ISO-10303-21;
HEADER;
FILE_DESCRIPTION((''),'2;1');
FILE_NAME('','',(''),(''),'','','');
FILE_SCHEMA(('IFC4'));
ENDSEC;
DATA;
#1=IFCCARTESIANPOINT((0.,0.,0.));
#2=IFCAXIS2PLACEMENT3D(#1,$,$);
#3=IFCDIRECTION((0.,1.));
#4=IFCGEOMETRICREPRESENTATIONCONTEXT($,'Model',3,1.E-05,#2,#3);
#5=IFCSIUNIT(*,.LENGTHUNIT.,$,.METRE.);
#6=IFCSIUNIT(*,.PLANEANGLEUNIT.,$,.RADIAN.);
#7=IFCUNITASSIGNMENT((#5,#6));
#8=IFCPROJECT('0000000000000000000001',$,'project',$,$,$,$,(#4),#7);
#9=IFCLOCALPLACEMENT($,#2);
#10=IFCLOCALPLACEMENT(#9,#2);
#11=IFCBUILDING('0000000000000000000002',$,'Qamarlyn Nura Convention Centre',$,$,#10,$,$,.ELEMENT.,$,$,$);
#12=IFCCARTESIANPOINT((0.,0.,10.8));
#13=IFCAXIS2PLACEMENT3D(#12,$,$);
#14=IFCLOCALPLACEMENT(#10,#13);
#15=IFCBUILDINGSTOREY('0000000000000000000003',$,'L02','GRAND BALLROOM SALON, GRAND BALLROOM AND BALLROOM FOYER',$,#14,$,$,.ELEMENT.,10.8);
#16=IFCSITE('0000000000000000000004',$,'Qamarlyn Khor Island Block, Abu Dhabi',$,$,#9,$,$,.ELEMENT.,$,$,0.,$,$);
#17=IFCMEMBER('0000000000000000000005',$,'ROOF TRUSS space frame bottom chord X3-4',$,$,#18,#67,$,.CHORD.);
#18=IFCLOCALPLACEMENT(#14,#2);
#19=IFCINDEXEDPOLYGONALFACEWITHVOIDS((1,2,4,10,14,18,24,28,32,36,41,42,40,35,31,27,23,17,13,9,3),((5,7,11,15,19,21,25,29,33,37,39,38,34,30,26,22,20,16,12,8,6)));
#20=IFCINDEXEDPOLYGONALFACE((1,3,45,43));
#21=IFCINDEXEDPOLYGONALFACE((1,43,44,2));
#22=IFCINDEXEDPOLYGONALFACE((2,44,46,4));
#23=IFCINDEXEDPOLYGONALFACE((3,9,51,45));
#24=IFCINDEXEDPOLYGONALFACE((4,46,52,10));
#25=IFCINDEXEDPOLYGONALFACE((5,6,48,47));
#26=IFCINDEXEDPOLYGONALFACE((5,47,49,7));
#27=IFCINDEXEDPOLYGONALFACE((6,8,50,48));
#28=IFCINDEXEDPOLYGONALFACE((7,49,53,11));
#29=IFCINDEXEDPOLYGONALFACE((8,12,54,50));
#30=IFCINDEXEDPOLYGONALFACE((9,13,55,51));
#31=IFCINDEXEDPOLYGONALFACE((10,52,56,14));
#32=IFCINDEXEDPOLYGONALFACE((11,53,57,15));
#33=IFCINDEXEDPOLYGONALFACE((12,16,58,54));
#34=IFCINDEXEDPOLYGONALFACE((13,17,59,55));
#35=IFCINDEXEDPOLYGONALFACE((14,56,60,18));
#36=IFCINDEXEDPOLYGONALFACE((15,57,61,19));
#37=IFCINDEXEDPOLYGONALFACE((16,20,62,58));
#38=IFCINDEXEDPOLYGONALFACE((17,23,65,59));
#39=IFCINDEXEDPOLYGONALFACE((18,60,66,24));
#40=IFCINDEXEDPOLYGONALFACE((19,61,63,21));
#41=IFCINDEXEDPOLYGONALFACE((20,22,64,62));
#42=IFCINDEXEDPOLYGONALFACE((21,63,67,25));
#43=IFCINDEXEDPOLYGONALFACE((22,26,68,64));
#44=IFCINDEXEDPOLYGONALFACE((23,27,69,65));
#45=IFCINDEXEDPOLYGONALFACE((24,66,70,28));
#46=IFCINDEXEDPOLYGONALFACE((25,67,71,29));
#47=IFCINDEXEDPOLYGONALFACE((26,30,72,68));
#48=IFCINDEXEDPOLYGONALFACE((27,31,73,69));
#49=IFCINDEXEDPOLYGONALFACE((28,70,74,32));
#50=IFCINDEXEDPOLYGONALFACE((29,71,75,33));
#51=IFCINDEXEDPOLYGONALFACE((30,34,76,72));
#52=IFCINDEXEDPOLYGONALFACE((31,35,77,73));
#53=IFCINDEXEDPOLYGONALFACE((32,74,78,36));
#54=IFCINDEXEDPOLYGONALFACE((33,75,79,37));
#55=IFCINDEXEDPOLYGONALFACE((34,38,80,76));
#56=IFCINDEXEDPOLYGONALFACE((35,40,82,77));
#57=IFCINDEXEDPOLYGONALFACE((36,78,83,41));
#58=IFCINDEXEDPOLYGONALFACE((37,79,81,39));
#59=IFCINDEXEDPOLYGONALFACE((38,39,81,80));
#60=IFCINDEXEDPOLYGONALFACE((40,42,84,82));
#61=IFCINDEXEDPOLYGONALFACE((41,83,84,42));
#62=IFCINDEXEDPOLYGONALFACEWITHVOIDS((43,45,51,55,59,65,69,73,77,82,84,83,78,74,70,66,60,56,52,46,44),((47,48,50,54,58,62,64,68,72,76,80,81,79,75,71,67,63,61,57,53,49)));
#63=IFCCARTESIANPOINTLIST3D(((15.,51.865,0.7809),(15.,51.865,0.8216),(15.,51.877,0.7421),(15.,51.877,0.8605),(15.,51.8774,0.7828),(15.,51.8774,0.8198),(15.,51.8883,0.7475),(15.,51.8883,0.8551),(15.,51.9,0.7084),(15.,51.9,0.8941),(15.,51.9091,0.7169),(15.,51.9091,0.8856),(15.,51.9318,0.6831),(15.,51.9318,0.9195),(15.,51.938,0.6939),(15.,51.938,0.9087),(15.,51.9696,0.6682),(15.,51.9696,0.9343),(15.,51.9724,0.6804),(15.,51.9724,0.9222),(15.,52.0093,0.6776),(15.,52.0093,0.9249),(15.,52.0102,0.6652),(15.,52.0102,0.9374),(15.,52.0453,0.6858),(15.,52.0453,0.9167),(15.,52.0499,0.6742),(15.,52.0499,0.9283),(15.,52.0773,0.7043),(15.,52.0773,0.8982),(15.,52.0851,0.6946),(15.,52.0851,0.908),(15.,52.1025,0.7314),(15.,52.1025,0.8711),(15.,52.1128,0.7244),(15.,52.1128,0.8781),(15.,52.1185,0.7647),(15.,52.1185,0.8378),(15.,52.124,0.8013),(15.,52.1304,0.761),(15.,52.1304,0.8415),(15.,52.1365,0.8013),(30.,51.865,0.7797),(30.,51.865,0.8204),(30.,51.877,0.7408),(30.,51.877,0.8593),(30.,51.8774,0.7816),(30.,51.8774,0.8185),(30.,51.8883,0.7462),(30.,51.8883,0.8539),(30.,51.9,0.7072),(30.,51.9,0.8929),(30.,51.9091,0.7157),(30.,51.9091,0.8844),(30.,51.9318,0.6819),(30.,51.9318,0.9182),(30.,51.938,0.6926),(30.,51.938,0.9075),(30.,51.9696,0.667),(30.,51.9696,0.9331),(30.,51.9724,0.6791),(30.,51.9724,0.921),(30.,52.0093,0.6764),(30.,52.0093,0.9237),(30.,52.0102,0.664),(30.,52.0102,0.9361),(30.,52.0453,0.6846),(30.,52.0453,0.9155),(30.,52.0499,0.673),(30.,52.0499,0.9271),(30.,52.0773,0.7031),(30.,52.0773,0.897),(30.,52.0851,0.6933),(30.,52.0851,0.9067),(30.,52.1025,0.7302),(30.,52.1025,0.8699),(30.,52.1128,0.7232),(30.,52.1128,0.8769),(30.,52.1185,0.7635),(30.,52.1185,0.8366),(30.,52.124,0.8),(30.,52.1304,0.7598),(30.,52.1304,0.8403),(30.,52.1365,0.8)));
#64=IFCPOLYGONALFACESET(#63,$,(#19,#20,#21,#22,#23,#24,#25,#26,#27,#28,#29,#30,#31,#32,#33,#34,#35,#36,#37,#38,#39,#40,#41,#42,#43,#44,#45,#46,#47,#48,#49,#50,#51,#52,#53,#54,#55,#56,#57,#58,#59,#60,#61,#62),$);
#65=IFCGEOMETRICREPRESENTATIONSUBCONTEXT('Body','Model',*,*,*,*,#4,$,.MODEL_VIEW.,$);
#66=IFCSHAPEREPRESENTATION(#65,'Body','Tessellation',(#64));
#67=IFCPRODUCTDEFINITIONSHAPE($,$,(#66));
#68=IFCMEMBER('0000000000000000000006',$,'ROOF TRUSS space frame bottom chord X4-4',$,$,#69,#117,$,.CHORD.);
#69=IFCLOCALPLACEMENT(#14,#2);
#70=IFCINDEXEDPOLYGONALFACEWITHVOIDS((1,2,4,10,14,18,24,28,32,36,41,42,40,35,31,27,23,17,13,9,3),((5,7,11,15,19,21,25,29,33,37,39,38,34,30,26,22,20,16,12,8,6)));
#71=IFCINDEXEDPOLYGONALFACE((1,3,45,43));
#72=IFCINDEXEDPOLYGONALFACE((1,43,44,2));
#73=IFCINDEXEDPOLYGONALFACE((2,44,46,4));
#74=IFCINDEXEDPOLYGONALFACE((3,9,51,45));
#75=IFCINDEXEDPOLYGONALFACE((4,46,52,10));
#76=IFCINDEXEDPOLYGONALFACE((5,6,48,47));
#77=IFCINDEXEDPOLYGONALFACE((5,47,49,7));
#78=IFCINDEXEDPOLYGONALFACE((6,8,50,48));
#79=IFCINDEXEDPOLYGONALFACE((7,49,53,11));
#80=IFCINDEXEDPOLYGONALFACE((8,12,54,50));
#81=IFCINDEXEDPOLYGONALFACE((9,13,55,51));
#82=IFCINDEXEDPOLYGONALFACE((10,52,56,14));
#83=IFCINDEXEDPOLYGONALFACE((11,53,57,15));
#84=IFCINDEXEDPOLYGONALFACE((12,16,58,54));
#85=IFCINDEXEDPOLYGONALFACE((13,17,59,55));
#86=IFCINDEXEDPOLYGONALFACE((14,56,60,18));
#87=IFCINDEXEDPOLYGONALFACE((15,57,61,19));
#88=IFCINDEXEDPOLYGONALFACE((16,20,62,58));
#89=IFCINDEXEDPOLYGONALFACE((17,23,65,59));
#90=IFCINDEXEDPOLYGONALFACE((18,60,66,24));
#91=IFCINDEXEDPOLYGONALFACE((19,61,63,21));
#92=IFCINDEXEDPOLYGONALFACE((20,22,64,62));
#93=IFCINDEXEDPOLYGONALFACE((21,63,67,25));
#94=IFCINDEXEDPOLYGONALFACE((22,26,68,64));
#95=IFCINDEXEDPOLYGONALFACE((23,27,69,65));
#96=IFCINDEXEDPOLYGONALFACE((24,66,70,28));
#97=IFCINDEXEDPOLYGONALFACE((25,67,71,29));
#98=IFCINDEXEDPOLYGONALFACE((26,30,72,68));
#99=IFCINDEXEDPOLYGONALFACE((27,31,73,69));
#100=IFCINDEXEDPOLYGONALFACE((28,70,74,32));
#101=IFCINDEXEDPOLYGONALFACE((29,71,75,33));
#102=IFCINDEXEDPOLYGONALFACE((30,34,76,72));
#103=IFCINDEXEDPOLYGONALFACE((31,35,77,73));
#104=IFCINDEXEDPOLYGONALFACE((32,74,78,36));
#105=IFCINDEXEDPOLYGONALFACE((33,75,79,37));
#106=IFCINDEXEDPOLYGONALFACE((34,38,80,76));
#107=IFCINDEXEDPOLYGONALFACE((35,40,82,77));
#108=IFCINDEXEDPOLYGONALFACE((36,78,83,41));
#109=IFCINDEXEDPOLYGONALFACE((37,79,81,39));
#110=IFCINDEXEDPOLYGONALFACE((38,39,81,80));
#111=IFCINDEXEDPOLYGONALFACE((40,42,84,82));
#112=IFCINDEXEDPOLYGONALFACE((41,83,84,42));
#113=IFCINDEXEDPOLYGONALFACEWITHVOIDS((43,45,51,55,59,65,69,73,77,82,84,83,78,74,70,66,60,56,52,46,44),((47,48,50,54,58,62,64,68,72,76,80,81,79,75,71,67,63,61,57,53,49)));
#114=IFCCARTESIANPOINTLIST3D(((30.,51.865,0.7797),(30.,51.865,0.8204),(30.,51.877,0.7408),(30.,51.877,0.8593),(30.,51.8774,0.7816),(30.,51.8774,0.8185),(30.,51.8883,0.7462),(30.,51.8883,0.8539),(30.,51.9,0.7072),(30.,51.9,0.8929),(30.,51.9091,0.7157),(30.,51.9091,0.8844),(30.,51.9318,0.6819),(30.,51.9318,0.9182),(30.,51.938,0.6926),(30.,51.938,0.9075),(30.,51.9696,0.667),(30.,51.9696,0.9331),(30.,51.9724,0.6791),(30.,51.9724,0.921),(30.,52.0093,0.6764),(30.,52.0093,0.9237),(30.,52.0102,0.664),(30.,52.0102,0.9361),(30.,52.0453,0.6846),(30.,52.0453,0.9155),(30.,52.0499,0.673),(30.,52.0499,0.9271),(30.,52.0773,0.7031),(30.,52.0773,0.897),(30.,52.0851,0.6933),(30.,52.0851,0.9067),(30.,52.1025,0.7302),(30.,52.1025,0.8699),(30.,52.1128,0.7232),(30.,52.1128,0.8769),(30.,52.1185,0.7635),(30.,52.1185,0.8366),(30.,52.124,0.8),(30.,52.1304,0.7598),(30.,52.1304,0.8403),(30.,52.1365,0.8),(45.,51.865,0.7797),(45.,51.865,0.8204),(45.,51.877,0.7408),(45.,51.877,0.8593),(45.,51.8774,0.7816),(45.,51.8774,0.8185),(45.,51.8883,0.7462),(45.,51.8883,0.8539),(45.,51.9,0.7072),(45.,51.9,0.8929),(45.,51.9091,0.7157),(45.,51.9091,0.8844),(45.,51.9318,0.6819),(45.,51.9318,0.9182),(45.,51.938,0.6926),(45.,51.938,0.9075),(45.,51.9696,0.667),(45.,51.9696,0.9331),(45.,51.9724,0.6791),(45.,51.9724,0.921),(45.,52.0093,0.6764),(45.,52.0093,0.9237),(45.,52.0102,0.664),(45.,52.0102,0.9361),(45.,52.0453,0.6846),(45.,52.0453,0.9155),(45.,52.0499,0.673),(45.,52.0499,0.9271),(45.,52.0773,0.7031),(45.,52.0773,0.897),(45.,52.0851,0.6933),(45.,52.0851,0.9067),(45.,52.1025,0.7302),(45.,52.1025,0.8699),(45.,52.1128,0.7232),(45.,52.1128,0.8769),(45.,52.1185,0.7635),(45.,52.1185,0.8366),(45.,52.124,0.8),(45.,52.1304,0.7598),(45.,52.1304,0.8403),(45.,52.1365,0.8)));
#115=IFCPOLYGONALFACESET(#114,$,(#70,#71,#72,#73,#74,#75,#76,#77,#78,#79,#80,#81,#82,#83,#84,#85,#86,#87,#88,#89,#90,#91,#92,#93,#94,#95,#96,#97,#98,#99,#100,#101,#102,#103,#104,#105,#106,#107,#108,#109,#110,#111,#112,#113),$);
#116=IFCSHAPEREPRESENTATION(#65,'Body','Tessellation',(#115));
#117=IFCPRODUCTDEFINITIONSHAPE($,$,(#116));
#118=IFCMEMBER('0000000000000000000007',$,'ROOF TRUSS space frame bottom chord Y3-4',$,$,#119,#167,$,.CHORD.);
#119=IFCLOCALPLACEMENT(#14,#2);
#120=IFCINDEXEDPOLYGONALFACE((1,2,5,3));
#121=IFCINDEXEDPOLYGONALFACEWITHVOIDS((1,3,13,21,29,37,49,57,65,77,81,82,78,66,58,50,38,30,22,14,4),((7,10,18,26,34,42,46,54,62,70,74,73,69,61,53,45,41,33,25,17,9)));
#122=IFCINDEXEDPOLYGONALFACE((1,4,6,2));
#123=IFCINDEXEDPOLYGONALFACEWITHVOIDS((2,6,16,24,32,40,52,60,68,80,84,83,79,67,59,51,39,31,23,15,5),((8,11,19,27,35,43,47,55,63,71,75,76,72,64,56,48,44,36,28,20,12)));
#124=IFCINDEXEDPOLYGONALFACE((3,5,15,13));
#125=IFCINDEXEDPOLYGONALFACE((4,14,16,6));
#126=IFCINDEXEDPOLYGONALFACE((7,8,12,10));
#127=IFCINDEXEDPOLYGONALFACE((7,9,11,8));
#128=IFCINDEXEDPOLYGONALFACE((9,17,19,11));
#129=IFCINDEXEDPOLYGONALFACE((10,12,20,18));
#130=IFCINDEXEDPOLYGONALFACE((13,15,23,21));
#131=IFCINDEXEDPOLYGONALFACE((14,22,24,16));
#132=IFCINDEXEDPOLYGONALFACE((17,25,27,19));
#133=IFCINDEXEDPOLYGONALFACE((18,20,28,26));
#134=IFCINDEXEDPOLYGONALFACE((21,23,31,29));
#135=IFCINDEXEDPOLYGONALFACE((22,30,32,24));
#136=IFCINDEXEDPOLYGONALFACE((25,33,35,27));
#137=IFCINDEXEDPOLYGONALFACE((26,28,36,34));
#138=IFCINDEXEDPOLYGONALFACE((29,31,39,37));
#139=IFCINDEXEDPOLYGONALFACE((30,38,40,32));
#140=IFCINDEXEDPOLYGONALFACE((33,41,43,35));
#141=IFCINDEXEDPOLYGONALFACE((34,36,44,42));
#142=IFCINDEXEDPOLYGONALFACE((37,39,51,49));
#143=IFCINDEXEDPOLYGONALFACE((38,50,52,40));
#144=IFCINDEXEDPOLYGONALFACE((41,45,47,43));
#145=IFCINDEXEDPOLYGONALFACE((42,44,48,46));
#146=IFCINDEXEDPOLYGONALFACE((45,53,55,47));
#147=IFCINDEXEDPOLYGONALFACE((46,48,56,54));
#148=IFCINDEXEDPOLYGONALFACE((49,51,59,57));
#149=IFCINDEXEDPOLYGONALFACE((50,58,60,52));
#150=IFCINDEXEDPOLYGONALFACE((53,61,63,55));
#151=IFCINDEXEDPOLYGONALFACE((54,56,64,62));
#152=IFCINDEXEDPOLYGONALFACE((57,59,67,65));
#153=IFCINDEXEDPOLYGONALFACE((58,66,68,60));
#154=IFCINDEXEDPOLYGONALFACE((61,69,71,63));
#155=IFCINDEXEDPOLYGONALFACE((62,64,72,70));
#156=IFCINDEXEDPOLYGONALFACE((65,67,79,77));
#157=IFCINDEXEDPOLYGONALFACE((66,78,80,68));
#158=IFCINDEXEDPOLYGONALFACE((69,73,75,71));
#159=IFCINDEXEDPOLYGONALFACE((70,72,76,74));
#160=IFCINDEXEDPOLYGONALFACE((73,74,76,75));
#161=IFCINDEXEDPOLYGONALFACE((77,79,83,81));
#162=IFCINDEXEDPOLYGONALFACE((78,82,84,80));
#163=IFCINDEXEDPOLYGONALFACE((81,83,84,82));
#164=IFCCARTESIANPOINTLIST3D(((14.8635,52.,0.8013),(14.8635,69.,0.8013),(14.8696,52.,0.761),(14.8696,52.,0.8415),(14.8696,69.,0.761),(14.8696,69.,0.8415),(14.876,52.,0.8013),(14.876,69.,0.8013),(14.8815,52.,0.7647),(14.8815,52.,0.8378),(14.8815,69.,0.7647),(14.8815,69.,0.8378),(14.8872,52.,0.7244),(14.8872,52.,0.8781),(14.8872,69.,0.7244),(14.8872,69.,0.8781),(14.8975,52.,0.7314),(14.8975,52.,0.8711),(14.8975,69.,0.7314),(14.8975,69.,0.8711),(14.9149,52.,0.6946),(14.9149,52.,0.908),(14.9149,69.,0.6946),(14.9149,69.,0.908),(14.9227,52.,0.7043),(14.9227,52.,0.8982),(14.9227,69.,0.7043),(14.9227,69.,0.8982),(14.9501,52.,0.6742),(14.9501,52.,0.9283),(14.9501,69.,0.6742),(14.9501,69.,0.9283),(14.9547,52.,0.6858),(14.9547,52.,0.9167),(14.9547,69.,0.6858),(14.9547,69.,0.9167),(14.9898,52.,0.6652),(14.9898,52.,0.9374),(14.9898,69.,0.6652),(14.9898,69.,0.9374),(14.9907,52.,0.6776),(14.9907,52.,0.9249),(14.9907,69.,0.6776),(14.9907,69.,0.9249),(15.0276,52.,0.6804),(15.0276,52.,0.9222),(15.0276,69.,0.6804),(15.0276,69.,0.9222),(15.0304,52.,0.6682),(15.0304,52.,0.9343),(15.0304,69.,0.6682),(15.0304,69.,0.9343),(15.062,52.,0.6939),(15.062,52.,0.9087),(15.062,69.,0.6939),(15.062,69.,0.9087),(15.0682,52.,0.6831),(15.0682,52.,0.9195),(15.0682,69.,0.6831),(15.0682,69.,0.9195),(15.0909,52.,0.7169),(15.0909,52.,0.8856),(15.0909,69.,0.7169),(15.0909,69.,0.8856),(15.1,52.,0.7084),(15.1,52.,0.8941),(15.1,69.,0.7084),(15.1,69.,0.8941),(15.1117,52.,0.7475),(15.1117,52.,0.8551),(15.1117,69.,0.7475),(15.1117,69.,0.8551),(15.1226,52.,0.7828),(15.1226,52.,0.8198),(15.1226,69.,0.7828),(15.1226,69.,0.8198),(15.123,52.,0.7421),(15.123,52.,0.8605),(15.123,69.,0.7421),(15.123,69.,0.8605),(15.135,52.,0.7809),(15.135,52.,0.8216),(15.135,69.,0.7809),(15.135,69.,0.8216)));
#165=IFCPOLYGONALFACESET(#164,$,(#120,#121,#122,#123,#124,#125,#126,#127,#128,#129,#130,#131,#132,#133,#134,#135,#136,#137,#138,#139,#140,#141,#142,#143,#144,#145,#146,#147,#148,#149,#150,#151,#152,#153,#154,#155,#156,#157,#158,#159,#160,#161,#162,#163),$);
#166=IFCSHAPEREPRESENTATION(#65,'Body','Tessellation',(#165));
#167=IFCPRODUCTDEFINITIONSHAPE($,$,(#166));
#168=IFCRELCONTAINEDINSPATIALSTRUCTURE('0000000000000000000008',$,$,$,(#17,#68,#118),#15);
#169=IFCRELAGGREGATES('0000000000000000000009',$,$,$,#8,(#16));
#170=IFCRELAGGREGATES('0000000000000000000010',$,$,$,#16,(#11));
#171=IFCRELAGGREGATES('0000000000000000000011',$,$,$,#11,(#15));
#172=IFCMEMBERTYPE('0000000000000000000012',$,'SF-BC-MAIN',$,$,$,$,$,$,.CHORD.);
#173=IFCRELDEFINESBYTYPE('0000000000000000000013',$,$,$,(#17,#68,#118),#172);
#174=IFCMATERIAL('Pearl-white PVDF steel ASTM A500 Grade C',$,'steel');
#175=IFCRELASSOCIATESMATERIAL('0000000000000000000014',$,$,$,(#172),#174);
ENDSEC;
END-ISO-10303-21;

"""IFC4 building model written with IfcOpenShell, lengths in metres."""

from ifc_helpers import new_model, si_unit, direction, frame, origin, origin_2d, place, context, subcontext, project, spatial, hollow_circle, extrude, material, material_profile, profile_set, type_object, element, save


model = new_model("IFC4")

# Units and contexts
model_context = context("Model", 3, precision=1e-05, world=origin(), true_north=direction((0.0, 1.0)))
body_context = subcontext(model_context, "Body", "Model", "MODEL_VIEW")
ifc_project = project(units=[si_unit("LENGTHUNIT", "METRE"), si_unit("PLANEANGLEUNIT", "RADIAN")], contexts=[model_context])

# Site, building, storey
site_placement = place(None, origin())
site = spatial("IfcSite", under=ifc_project, at=site_placement, Name="Qamarlyn Khor Island Block, Abu Dhabi", CompositionType="ELEMENT", RefElevation=0.0)
building_placement = place(site_placement, origin())
building = spatial("IfcBuilding", under=site, at=building_placement, Name="Qamarlyn Nura Convention Centre", CompositionType="ELEMENT")
storey_placement = place(building_placement, frame((0.0, 0.0, 10.8)))
storey = spatial("IfcBuildingStorey", under=building, at=storey_placement, Name="L02", Description="GRAND BALLROOM SALON, GRAND BALLROOM AND BALLROOM FOYER", CompositionType="ELEMENT", Elevation=10.8)

# Members
ifc_material_1 = material(Name="Pearl-white PVDF steel ASTM A500 Grade C", Category="steel")
ifc_material_profile_1 = material_profile(ifc_material_1, hollow_circle(Radius=0.1365, WallThickness=0.0125, at=origin_2d()), Name="CHS273X12.5")
ifc_profile_set_1 = profile_set([ifc_material_profile_1], Name="Pearl-white PVDF steel ASTM A500 Grade C")
member_type_1 = type_object("IfcMemberType", Name="SF-BC-MAIN", PredefinedType="CHORD", material=ifc_profile_set_1)
for number, where, z_axis, x_axis, name in (
    (1, (15.0, 52.0, 0.8013), (1.0, 0.0, -0.000081), (0.0, 1.0, 0.0), "ROOF TRUSS space frame bottom chord X3-4"),
    (2, (30.0, 52.0, 0.8), (1.0, 0.0, 0.0), (0.0, 1.0, 0.0), "ROOF TRUSS space frame bottom chord X4-4"),
):
    element("IfcMember", number, at=place(storey_placement, frame(where, z_axis=z_axis, x_axis=x_axis)), inside=storey, type_object=member_type_1, Name=name, PredefinedType="CHORD", context=body_context, shape_type="SweptSolid", body=[
        extrude(hollow_circle(Radius=0.1365, WallThickness=0.0125, at=origin_2d()), origin(), (0.0, 0.0, 1.0), 15.0),
    ])
for number, where, z_axis, x_axis, name in (
    (3, (15.0, 52.0, 0.8013), (0.0, 1.0, 0.0), (-1.0, 0.0, 0.0), "ROOF TRUSS space frame bottom chord Y3-4"),
):
    element("IfcMember", number, at=place(storey_placement, frame(where, z_axis=z_axis, x_axis=x_axis)), inside=storey, type_object=member_type_1, Name=name, PredefinedType="CHORD", context=body_context, shape_type="SweptSolid", body=[
        extrude(hollow_circle(Radius=0.1365, WallThickness=0.0125, at=origin_2d()), origin(), (0.0, 0.0, 1.0), 17.0),
    ])

save(model, "model.ifc")
